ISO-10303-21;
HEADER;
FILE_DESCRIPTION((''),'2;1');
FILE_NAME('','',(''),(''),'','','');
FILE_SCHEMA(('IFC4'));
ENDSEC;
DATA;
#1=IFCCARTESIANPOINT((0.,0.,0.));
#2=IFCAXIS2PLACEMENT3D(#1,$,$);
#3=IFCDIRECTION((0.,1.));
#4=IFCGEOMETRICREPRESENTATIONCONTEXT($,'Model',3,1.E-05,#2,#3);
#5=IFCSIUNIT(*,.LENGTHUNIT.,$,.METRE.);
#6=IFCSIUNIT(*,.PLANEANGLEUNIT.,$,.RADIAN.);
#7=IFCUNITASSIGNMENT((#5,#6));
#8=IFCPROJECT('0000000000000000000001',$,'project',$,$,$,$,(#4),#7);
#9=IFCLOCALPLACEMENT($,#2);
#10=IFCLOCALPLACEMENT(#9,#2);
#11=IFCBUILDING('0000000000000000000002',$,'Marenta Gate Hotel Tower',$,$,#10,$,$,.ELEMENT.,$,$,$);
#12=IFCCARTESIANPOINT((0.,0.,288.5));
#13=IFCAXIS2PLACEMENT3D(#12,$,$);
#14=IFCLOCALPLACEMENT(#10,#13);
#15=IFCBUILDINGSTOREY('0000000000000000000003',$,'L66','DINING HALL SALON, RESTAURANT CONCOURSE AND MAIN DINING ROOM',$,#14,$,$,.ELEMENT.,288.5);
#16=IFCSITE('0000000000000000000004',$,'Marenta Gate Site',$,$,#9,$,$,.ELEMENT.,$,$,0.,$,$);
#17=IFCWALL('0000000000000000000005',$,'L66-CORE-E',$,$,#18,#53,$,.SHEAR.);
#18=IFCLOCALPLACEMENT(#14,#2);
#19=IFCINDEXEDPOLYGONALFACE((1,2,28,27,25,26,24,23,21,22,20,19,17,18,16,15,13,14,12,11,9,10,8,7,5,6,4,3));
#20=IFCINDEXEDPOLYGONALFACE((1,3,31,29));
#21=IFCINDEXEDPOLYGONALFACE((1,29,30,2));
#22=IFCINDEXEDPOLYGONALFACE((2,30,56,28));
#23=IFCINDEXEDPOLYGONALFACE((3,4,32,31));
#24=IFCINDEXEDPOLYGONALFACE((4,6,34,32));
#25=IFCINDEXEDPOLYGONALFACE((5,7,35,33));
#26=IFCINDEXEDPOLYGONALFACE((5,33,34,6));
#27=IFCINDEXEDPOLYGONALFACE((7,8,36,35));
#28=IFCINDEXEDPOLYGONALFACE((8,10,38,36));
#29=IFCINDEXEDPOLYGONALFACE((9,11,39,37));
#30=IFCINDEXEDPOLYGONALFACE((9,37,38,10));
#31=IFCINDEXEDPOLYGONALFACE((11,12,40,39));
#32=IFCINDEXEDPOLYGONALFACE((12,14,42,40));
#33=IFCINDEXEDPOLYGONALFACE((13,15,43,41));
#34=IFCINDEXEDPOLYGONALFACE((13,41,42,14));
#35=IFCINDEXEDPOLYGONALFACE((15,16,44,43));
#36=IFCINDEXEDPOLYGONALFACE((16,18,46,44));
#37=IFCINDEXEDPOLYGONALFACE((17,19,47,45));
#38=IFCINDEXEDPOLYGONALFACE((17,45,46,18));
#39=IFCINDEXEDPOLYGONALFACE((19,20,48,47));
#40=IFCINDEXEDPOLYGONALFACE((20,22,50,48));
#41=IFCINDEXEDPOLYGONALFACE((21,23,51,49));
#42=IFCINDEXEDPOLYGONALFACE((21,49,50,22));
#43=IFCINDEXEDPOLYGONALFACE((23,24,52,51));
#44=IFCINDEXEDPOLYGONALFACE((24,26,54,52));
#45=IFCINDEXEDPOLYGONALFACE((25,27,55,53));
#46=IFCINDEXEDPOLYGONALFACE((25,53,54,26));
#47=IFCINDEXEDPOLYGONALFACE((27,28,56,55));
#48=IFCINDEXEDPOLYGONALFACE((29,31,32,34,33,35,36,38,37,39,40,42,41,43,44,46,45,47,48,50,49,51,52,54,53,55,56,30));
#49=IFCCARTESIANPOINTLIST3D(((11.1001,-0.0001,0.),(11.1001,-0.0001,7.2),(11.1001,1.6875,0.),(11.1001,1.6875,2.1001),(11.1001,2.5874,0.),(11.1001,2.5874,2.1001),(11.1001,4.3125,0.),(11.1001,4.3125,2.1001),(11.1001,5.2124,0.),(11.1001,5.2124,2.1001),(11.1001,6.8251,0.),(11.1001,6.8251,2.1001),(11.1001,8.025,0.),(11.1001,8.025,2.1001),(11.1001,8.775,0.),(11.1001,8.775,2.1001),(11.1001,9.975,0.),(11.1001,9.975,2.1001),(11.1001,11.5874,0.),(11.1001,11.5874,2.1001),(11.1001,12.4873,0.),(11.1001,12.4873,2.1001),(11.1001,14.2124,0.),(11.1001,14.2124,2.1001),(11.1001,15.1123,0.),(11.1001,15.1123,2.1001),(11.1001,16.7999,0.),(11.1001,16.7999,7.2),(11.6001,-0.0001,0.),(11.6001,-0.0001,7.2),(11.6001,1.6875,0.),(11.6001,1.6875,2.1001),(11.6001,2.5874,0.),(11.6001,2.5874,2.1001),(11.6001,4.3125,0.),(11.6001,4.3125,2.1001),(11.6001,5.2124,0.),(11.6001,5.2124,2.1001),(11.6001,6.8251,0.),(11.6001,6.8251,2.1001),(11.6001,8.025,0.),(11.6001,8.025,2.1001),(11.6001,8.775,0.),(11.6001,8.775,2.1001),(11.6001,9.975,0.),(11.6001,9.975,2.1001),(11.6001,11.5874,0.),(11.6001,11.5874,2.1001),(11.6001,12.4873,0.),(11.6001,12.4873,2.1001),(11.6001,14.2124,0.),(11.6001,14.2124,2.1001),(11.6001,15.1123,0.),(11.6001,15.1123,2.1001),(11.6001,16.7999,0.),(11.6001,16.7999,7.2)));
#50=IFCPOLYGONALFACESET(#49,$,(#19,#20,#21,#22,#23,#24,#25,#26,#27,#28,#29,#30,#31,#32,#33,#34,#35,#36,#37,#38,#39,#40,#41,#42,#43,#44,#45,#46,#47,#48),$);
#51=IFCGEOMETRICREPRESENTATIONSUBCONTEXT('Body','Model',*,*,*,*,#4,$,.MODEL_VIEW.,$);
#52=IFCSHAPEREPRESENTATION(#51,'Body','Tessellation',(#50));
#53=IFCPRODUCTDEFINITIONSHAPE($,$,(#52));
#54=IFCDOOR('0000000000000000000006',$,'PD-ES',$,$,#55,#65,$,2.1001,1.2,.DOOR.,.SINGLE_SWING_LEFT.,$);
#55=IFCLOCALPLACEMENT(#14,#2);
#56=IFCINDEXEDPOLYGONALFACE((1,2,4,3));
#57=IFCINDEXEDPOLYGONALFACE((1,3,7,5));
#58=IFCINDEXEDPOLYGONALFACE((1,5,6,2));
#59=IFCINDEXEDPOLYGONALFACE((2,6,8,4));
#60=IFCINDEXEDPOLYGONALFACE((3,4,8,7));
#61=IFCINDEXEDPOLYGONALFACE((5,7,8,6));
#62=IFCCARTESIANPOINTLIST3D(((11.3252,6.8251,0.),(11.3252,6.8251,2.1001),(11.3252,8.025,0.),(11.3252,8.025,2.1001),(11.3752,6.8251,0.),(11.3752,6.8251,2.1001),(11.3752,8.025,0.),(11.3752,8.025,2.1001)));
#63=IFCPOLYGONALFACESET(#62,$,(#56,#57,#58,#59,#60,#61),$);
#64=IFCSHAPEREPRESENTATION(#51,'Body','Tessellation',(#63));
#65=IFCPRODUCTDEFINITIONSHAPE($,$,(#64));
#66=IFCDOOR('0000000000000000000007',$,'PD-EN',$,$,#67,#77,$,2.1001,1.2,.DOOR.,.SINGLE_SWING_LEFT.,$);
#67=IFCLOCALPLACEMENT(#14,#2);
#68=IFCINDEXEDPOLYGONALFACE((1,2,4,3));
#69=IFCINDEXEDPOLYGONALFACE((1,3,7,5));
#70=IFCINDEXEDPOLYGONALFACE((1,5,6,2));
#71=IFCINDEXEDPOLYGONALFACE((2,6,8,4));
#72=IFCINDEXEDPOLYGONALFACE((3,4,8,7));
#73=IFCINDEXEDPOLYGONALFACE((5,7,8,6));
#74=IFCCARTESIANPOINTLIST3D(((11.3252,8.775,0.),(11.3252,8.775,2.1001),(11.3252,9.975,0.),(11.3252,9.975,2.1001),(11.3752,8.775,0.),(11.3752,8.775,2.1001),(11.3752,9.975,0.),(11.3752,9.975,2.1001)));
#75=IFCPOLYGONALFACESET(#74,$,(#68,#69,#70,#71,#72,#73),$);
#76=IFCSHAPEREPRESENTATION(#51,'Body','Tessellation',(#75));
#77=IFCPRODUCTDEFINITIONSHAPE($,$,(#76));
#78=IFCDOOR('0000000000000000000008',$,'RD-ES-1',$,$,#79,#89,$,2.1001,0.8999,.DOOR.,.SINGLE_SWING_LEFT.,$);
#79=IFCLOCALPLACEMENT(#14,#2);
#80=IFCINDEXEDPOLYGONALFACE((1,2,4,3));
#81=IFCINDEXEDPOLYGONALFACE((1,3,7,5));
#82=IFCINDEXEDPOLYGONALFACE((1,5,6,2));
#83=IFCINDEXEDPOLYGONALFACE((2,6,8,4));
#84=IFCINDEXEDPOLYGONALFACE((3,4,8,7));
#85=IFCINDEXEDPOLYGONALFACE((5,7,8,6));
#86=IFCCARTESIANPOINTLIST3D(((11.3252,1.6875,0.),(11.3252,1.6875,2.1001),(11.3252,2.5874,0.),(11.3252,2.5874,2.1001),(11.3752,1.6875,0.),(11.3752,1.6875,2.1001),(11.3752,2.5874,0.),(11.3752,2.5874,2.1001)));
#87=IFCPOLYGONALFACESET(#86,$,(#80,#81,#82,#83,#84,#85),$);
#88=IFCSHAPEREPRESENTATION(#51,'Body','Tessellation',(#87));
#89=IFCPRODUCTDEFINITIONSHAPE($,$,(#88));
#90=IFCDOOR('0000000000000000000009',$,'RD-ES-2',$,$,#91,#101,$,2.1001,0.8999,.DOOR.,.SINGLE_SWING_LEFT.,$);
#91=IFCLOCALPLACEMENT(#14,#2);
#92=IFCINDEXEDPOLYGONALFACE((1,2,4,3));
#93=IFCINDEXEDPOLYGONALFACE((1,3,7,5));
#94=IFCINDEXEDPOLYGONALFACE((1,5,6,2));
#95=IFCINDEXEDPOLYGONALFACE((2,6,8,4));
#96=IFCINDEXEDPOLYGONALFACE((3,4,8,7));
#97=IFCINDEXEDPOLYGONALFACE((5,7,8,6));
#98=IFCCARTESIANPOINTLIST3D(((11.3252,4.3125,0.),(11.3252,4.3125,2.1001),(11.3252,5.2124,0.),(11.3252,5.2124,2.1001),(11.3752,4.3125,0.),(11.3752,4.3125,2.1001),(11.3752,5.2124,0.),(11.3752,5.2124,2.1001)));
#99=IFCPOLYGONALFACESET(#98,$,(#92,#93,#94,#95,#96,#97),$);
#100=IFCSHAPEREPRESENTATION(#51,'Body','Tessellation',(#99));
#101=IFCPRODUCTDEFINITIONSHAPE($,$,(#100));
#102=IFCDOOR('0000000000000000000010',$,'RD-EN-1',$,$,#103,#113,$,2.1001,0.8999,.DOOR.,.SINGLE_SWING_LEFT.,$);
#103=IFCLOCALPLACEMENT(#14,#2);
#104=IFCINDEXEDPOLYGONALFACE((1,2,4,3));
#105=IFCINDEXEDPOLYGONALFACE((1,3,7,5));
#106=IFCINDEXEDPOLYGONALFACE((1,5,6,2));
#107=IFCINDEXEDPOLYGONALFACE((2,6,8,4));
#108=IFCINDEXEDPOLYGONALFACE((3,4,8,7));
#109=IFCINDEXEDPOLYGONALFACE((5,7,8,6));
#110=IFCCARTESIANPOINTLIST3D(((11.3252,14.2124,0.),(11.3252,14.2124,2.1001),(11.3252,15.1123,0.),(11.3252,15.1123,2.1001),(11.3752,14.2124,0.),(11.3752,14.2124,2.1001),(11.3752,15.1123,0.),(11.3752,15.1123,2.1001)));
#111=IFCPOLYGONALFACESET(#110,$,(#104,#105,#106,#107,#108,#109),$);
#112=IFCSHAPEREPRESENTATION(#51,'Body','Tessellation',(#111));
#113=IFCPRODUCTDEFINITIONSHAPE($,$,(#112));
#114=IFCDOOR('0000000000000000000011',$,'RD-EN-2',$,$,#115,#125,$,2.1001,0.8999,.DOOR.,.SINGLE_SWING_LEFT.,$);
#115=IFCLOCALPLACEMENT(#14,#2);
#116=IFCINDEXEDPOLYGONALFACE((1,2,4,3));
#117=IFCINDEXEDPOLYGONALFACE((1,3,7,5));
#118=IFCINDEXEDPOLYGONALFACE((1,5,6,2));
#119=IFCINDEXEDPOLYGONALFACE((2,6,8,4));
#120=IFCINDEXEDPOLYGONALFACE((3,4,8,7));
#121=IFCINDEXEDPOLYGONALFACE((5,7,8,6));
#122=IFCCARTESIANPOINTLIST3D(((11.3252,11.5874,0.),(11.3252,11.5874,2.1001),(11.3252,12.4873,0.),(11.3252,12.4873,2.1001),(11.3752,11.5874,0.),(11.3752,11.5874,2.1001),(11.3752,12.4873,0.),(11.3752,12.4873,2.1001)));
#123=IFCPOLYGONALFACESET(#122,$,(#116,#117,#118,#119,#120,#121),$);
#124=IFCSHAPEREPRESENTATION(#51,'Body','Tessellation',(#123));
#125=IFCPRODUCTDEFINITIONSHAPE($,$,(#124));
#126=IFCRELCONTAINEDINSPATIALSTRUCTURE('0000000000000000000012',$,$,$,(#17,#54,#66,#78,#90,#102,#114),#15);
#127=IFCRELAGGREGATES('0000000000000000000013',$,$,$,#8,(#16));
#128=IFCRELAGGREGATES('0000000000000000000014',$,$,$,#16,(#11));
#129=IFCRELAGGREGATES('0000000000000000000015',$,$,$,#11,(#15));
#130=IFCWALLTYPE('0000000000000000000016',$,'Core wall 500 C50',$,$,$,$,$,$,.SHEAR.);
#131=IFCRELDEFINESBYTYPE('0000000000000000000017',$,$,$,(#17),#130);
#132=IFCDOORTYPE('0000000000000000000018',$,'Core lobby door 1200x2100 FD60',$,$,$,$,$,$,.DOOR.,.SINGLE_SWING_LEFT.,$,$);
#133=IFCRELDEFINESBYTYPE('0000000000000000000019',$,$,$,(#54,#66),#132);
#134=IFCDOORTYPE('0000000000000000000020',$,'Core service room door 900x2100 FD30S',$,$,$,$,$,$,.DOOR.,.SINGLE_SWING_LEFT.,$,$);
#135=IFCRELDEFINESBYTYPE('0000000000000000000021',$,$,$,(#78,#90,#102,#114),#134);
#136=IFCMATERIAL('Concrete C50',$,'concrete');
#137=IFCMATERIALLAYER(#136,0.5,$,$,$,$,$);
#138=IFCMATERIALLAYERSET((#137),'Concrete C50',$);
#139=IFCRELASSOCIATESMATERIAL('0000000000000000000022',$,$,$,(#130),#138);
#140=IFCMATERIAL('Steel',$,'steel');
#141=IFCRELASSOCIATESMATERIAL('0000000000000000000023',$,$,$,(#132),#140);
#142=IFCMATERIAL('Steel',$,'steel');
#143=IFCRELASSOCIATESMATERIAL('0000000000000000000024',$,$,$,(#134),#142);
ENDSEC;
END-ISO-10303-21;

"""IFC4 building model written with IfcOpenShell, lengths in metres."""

from ifc_helpers import new_model, si_unit, direction, frame, frame_2d, origin, place, context, subcontext, project, spatial, rectangle, extrude, material, layer, layer_set, type_object, element, fill, save


model = new_model("IFC4")

# Units and contexts
model_context = context("Model", 3, precision=1e-05, world=origin(), true_north=direction((0.0, 1.0)))
body_context = subcontext(model_context, "Body", "Model", "MODEL_VIEW")
ifc_project = project(units=[si_unit("LENGTHUNIT", "METRE"), si_unit("PLANEANGLEUNIT", "RADIAN")], contexts=[model_context])

# Site, building, storey
site_placement = place(None, origin())
site = spatial("IfcSite", under=ifc_project, at=site_placement, Name="Marenta Gate Site", CompositionType="ELEMENT", RefElevation=0.0)
building_placement = place(site_placement, origin())
building = spatial("IfcBuilding", under=site, at=building_placement, Name="Marenta Gate Hotel Tower", CompositionType="ELEMENT")
storey_placement = place(building_placement, frame((0.0, 0.0, 288.5)))
storey = spatial("IfcBuildingStorey", under=building, at=storey_placement, Name="L66", Description="DINING HALL SALON, RESTAURANT CONCOURSE AND MAIN DINING ROOM", CompositionType="ELEMENT", Elevation=288.5)

# Wall, openings, doors
ifc_material_1 = material(Name="Concrete C50", Category="concrete")
ifc_layer_1 = layer(ifc_material_1, 0.5)
ifc_layer_set_1 = layer_set([ifc_layer_1], Name="Concrete C50")
wall_type_1 = type_object("IfcWallType", Name="Core wall 500 C50", PredefinedType="SHEAR", material=ifc_layer_set_1)
wall_1_placement = place(storey_placement, frame((11.3501, 0.0, 0.0), z_axis=(0.0, 0.0, 1.0), x_axis=(0.0, 1.0, 0.0)))
wall_1 = element("IfcWall", 1, at=wall_1_placement, inside=storey, type_object=wall_type_1, Name="L66-CORE-E", PredefinedType="SHEAR", context=body_context, shape_type="SweptSolid", body=[
    extrude(rectangle(XDim=16.8, YDim=0.5, at=frame_2d((8.3999, 0.0))), origin(), (0.0, 0.0, 1.0), 7.2),
])
opening_1_placement = place(wall_1_placement, frame((1.6875, 0.0, 0.0)))
opening_1 = element("IfcOpeningElement", 2, at=opening_1_placement, cuts=wall_1, PredefinedType="OPENING", context=body_context, shape_type="SweptSolid", body=[
    extrude(rectangle(XDim=0.8999, YDim=2.1001, at=frame_2d((0.45, 1.05))), frame((0.0, 0.25, 0.0), z_axis=(0.0, -1.0, 0.0), x_axis=(1.0, 0.0, 0.0)), (0.0, 0.0, 1.0), 0.5),
])
opening_2_placement = place(wall_1_placement, frame((4.3125, 0.0, 0.0)))
opening_2 = element("IfcOpeningElement", 3, at=opening_2_placement, cuts=wall_1, PredefinedType="OPENING", context=body_context, shape_type="SweptSolid", body=[
    extrude(rectangle(XDim=0.8999, YDim=2.1001, at=frame_2d((0.45, 1.05))), frame((0.0, 0.25, 0.0), z_axis=(0.0, -1.0, 0.0), x_axis=(1.0, 0.0, 0.0)), (0.0, 0.0, 1.0), 0.5),
])
opening_3_placement = place(wall_1_placement, frame((6.825, 0.0, 0.0)))
opening_3 = element("IfcOpeningElement", 4, at=opening_3_placement, cuts=wall_1, PredefinedType="OPENING", context=body_context, shape_type="SweptSolid", body=[
    extrude(rectangle(XDim=1.2, YDim=2.1001, at=frame_2d((0.6001, 1.05))), frame((0.0, 0.25, 0.0), z_axis=(0.0, -1.0, 0.0), x_axis=(1.0, 0.0, 0.0)), (0.0, 0.0, 1.0), 0.5),
])
opening_4_placement = place(wall_1_placement, frame((14.2124, 0.0, 0.0)))
opening_4 = element("IfcOpeningElement", 5, at=opening_4_placement, cuts=wall_1, PredefinedType="OPENING", context=body_context, shape_type="SweptSolid", body=[
    extrude(rectangle(XDim=0.8999, YDim=2.1001, at=frame_2d((0.45, 1.05))), frame((0.0, 0.25, 0.0), z_axis=(0.0, -1.0, 0.0), x_axis=(1.0, 0.0, 0.0)), (0.0, 0.0, 1.0), 0.5),
])
opening_5_placement = place(wall_1_placement, frame((11.5874, 0.0, 0.0)))
opening_5 = element("IfcOpeningElement", 6, at=opening_5_placement, cuts=wall_1, PredefinedType="OPENING", context=body_context, shape_type="SweptSolid", body=[
    extrude(rectangle(XDim=0.8999, YDim=2.1001, at=frame_2d((0.45, 1.05))), frame((0.0, 0.25, 0.0), z_axis=(0.0, -1.0, 0.0), x_axis=(1.0, 0.0, 0.0)), (0.0, 0.0, 1.0), 0.5),
])
opening_6_placement = place(wall_1_placement, frame((8.7749, 0.0, 0.0)))
opening_6 = element("IfcOpeningElement", 7, at=opening_6_placement, cuts=wall_1, PredefinedType="OPENING", context=body_context, shape_type="SweptSolid", body=[
    extrude(rectangle(XDim=1.2, YDim=2.1001, at=frame_2d((0.6001, 1.05))), frame((0.0, 0.25, 0.0), z_axis=(0.0, -1.0, 0.0), x_axis=(1.0, 0.0, 0.0)), (0.0, 0.0, 1.0), 0.5),
])
ifc_material_2 = material(Name="Steel", Category="steel")
door_type_1 = type_object("IfcDoorType", Name="Core lobby door 1200x2100 FD60", OperationType="SINGLE_SWING_LEFT", PredefinedType="DOOR", material=ifc_material_2)
door_1_placement = place(opening_3_placement, origin())
door_1 = element("IfcDoor", 8, at=door_1_placement, inside=storey, type_object=door_type_1, Name="PD-ES", OperationType="SINGLE_SWING_LEFT", OverallHeight=2.1001, OverallWidth=1.2, PredefinedType="DOOR", context=body_context, shape_type="SweptSolid", body=[
    extrude(rectangle(XDim=1.2, YDim=2.1001, at=frame_2d((0.6001, 1.05))), frame((0.0, 0.0249, 0.0), z_axis=(0.0, -1.0, 0.0), x_axis=(1.0, 0.0, 0.0)), (0.0, 0.0, 1.0), 0.05),
])
fill(opening_3, door_1)
door_2_placement = place(opening_6_placement, origin())
door_2 = element("IfcDoor", 9, at=door_2_placement, inside=storey, type_object=door_type_1, Name="PD-EN", OperationType="SINGLE_SWING_LEFT", OverallHeight=2.1001, OverallWidth=1.2, PredefinedType="DOOR", context=body_context, shape_type="SweptSolid", body=[
    extrude(rectangle(XDim=1.2, YDim=2.1001, at=frame_2d((0.6001, 1.05))), frame((0.0, 0.0249, 0.0), z_axis=(0.0, -1.0, 0.0), x_axis=(1.0, 0.0, 0.0)), (0.0, 0.0, 1.0), 0.05),
])
fill(opening_6, door_2)
ifc_material_3 = material(Name="Steel", Category="steel")
door_type_2 = type_object("IfcDoorType", Name="Core service room door 900x2100 FD30S", OperationType="SINGLE_SWING_LEFT", PredefinedType="DOOR", material=ifc_material_3)
door_3_placement = place(opening_1_placement, origin())
door_3 = element("IfcDoor", 10, at=door_3_placement, inside=storey, type_object=door_type_2, Name="RD-ES-1", OperationType="SINGLE_SWING_LEFT", OverallHeight=2.1001, OverallWidth=0.8999, PredefinedType="DOOR", context=body_context, shape_type="SweptSolid", body=[
    extrude(rectangle(XDim=0.8999, YDim=2.1001, at=frame_2d((0.45, 1.05))), frame((0.0, 0.0249, 0.0), z_axis=(0.0, -1.0, 0.0), x_axis=(1.0, 0.0, 0.0)), (0.0, 0.0, 1.0), 0.05),
])
fill(opening_1, door_3)
door_4_placement = place(opening_2_placement, origin())
door_4 = element("IfcDoor", 11, at=door_4_placement, inside=storey, type_object=door_type_2, Name="RD-ES-2", OperationType="SINGLE_SWING_LEFT", OverallHeight=2.1001, OverallWidth=0.8999, PredefinedType="DOOR", context=body_context, shape_type="SweptSolid", body=[
    extrude(rectangle(XDim=0.8999, YDim=2.1001, at=frame_2d((0.45, 1.05))), frame((0.0, 0.0249, 0.0), z_axis=(0.0, -1.0, 0.0), x_axis=(1.0, 0.0, 0.0)), (0.0, 0.0, 1.0), 0.05),
])
fill(opening_2, door_4)
door_5_placement = place(opening_4_placement, origin())
door_5 = element("IfcDoor", 12, at=door_5_placement, inside=storey, type_object=door_type_2, Name="RD-EN-1", OperationType="SINGLE_SWING_LEFT", OverallHeight=2.1001, OverallWidth=0.8999, PredefinedType="DOOR", context=body_context, shape_type="SweptSolid", body=[
    extrude(rectangle(XDim=0.8999, YDim=2.1001, at=frame_2d((0.45, 1.05))), frame((0.0, 0.0249, 0.0), z_axis=(0.0, -1.0, 0.0), x_axis=(1.0, 0.0, 0.0)), (0.0, 0.0, 1.0), 0.05),
])
fill(opening_4, door_5)
door_6_placement = place(opening_5_placement, origin())
door_6 = element("IfcDoor", 13, at=door_6_placement, inside=storey, type_object=door_type_2, Name="RD-EN-2", OperationType="SINGLE_SWING_LEFT", OverallHeight=2.1001, OverallWidth=0.8999, PredefinedType="DOOR", context=body_context, shape_type="SweptSolid", body=[
    extrude(rectangle(XDim=0.8999, YDim=2.1001, at=frame_2d((0.45, 1.05))), frame((0.0, 0.0249, 0.0), z_axis=(0.0, -1.0, 0.0), x_axis=(1.0, 0.0, 0.0)), (0.0, 0.0, 1.0), 0.05),
])
fill(opening_5, door_6)

save(model, "model.ifc")
